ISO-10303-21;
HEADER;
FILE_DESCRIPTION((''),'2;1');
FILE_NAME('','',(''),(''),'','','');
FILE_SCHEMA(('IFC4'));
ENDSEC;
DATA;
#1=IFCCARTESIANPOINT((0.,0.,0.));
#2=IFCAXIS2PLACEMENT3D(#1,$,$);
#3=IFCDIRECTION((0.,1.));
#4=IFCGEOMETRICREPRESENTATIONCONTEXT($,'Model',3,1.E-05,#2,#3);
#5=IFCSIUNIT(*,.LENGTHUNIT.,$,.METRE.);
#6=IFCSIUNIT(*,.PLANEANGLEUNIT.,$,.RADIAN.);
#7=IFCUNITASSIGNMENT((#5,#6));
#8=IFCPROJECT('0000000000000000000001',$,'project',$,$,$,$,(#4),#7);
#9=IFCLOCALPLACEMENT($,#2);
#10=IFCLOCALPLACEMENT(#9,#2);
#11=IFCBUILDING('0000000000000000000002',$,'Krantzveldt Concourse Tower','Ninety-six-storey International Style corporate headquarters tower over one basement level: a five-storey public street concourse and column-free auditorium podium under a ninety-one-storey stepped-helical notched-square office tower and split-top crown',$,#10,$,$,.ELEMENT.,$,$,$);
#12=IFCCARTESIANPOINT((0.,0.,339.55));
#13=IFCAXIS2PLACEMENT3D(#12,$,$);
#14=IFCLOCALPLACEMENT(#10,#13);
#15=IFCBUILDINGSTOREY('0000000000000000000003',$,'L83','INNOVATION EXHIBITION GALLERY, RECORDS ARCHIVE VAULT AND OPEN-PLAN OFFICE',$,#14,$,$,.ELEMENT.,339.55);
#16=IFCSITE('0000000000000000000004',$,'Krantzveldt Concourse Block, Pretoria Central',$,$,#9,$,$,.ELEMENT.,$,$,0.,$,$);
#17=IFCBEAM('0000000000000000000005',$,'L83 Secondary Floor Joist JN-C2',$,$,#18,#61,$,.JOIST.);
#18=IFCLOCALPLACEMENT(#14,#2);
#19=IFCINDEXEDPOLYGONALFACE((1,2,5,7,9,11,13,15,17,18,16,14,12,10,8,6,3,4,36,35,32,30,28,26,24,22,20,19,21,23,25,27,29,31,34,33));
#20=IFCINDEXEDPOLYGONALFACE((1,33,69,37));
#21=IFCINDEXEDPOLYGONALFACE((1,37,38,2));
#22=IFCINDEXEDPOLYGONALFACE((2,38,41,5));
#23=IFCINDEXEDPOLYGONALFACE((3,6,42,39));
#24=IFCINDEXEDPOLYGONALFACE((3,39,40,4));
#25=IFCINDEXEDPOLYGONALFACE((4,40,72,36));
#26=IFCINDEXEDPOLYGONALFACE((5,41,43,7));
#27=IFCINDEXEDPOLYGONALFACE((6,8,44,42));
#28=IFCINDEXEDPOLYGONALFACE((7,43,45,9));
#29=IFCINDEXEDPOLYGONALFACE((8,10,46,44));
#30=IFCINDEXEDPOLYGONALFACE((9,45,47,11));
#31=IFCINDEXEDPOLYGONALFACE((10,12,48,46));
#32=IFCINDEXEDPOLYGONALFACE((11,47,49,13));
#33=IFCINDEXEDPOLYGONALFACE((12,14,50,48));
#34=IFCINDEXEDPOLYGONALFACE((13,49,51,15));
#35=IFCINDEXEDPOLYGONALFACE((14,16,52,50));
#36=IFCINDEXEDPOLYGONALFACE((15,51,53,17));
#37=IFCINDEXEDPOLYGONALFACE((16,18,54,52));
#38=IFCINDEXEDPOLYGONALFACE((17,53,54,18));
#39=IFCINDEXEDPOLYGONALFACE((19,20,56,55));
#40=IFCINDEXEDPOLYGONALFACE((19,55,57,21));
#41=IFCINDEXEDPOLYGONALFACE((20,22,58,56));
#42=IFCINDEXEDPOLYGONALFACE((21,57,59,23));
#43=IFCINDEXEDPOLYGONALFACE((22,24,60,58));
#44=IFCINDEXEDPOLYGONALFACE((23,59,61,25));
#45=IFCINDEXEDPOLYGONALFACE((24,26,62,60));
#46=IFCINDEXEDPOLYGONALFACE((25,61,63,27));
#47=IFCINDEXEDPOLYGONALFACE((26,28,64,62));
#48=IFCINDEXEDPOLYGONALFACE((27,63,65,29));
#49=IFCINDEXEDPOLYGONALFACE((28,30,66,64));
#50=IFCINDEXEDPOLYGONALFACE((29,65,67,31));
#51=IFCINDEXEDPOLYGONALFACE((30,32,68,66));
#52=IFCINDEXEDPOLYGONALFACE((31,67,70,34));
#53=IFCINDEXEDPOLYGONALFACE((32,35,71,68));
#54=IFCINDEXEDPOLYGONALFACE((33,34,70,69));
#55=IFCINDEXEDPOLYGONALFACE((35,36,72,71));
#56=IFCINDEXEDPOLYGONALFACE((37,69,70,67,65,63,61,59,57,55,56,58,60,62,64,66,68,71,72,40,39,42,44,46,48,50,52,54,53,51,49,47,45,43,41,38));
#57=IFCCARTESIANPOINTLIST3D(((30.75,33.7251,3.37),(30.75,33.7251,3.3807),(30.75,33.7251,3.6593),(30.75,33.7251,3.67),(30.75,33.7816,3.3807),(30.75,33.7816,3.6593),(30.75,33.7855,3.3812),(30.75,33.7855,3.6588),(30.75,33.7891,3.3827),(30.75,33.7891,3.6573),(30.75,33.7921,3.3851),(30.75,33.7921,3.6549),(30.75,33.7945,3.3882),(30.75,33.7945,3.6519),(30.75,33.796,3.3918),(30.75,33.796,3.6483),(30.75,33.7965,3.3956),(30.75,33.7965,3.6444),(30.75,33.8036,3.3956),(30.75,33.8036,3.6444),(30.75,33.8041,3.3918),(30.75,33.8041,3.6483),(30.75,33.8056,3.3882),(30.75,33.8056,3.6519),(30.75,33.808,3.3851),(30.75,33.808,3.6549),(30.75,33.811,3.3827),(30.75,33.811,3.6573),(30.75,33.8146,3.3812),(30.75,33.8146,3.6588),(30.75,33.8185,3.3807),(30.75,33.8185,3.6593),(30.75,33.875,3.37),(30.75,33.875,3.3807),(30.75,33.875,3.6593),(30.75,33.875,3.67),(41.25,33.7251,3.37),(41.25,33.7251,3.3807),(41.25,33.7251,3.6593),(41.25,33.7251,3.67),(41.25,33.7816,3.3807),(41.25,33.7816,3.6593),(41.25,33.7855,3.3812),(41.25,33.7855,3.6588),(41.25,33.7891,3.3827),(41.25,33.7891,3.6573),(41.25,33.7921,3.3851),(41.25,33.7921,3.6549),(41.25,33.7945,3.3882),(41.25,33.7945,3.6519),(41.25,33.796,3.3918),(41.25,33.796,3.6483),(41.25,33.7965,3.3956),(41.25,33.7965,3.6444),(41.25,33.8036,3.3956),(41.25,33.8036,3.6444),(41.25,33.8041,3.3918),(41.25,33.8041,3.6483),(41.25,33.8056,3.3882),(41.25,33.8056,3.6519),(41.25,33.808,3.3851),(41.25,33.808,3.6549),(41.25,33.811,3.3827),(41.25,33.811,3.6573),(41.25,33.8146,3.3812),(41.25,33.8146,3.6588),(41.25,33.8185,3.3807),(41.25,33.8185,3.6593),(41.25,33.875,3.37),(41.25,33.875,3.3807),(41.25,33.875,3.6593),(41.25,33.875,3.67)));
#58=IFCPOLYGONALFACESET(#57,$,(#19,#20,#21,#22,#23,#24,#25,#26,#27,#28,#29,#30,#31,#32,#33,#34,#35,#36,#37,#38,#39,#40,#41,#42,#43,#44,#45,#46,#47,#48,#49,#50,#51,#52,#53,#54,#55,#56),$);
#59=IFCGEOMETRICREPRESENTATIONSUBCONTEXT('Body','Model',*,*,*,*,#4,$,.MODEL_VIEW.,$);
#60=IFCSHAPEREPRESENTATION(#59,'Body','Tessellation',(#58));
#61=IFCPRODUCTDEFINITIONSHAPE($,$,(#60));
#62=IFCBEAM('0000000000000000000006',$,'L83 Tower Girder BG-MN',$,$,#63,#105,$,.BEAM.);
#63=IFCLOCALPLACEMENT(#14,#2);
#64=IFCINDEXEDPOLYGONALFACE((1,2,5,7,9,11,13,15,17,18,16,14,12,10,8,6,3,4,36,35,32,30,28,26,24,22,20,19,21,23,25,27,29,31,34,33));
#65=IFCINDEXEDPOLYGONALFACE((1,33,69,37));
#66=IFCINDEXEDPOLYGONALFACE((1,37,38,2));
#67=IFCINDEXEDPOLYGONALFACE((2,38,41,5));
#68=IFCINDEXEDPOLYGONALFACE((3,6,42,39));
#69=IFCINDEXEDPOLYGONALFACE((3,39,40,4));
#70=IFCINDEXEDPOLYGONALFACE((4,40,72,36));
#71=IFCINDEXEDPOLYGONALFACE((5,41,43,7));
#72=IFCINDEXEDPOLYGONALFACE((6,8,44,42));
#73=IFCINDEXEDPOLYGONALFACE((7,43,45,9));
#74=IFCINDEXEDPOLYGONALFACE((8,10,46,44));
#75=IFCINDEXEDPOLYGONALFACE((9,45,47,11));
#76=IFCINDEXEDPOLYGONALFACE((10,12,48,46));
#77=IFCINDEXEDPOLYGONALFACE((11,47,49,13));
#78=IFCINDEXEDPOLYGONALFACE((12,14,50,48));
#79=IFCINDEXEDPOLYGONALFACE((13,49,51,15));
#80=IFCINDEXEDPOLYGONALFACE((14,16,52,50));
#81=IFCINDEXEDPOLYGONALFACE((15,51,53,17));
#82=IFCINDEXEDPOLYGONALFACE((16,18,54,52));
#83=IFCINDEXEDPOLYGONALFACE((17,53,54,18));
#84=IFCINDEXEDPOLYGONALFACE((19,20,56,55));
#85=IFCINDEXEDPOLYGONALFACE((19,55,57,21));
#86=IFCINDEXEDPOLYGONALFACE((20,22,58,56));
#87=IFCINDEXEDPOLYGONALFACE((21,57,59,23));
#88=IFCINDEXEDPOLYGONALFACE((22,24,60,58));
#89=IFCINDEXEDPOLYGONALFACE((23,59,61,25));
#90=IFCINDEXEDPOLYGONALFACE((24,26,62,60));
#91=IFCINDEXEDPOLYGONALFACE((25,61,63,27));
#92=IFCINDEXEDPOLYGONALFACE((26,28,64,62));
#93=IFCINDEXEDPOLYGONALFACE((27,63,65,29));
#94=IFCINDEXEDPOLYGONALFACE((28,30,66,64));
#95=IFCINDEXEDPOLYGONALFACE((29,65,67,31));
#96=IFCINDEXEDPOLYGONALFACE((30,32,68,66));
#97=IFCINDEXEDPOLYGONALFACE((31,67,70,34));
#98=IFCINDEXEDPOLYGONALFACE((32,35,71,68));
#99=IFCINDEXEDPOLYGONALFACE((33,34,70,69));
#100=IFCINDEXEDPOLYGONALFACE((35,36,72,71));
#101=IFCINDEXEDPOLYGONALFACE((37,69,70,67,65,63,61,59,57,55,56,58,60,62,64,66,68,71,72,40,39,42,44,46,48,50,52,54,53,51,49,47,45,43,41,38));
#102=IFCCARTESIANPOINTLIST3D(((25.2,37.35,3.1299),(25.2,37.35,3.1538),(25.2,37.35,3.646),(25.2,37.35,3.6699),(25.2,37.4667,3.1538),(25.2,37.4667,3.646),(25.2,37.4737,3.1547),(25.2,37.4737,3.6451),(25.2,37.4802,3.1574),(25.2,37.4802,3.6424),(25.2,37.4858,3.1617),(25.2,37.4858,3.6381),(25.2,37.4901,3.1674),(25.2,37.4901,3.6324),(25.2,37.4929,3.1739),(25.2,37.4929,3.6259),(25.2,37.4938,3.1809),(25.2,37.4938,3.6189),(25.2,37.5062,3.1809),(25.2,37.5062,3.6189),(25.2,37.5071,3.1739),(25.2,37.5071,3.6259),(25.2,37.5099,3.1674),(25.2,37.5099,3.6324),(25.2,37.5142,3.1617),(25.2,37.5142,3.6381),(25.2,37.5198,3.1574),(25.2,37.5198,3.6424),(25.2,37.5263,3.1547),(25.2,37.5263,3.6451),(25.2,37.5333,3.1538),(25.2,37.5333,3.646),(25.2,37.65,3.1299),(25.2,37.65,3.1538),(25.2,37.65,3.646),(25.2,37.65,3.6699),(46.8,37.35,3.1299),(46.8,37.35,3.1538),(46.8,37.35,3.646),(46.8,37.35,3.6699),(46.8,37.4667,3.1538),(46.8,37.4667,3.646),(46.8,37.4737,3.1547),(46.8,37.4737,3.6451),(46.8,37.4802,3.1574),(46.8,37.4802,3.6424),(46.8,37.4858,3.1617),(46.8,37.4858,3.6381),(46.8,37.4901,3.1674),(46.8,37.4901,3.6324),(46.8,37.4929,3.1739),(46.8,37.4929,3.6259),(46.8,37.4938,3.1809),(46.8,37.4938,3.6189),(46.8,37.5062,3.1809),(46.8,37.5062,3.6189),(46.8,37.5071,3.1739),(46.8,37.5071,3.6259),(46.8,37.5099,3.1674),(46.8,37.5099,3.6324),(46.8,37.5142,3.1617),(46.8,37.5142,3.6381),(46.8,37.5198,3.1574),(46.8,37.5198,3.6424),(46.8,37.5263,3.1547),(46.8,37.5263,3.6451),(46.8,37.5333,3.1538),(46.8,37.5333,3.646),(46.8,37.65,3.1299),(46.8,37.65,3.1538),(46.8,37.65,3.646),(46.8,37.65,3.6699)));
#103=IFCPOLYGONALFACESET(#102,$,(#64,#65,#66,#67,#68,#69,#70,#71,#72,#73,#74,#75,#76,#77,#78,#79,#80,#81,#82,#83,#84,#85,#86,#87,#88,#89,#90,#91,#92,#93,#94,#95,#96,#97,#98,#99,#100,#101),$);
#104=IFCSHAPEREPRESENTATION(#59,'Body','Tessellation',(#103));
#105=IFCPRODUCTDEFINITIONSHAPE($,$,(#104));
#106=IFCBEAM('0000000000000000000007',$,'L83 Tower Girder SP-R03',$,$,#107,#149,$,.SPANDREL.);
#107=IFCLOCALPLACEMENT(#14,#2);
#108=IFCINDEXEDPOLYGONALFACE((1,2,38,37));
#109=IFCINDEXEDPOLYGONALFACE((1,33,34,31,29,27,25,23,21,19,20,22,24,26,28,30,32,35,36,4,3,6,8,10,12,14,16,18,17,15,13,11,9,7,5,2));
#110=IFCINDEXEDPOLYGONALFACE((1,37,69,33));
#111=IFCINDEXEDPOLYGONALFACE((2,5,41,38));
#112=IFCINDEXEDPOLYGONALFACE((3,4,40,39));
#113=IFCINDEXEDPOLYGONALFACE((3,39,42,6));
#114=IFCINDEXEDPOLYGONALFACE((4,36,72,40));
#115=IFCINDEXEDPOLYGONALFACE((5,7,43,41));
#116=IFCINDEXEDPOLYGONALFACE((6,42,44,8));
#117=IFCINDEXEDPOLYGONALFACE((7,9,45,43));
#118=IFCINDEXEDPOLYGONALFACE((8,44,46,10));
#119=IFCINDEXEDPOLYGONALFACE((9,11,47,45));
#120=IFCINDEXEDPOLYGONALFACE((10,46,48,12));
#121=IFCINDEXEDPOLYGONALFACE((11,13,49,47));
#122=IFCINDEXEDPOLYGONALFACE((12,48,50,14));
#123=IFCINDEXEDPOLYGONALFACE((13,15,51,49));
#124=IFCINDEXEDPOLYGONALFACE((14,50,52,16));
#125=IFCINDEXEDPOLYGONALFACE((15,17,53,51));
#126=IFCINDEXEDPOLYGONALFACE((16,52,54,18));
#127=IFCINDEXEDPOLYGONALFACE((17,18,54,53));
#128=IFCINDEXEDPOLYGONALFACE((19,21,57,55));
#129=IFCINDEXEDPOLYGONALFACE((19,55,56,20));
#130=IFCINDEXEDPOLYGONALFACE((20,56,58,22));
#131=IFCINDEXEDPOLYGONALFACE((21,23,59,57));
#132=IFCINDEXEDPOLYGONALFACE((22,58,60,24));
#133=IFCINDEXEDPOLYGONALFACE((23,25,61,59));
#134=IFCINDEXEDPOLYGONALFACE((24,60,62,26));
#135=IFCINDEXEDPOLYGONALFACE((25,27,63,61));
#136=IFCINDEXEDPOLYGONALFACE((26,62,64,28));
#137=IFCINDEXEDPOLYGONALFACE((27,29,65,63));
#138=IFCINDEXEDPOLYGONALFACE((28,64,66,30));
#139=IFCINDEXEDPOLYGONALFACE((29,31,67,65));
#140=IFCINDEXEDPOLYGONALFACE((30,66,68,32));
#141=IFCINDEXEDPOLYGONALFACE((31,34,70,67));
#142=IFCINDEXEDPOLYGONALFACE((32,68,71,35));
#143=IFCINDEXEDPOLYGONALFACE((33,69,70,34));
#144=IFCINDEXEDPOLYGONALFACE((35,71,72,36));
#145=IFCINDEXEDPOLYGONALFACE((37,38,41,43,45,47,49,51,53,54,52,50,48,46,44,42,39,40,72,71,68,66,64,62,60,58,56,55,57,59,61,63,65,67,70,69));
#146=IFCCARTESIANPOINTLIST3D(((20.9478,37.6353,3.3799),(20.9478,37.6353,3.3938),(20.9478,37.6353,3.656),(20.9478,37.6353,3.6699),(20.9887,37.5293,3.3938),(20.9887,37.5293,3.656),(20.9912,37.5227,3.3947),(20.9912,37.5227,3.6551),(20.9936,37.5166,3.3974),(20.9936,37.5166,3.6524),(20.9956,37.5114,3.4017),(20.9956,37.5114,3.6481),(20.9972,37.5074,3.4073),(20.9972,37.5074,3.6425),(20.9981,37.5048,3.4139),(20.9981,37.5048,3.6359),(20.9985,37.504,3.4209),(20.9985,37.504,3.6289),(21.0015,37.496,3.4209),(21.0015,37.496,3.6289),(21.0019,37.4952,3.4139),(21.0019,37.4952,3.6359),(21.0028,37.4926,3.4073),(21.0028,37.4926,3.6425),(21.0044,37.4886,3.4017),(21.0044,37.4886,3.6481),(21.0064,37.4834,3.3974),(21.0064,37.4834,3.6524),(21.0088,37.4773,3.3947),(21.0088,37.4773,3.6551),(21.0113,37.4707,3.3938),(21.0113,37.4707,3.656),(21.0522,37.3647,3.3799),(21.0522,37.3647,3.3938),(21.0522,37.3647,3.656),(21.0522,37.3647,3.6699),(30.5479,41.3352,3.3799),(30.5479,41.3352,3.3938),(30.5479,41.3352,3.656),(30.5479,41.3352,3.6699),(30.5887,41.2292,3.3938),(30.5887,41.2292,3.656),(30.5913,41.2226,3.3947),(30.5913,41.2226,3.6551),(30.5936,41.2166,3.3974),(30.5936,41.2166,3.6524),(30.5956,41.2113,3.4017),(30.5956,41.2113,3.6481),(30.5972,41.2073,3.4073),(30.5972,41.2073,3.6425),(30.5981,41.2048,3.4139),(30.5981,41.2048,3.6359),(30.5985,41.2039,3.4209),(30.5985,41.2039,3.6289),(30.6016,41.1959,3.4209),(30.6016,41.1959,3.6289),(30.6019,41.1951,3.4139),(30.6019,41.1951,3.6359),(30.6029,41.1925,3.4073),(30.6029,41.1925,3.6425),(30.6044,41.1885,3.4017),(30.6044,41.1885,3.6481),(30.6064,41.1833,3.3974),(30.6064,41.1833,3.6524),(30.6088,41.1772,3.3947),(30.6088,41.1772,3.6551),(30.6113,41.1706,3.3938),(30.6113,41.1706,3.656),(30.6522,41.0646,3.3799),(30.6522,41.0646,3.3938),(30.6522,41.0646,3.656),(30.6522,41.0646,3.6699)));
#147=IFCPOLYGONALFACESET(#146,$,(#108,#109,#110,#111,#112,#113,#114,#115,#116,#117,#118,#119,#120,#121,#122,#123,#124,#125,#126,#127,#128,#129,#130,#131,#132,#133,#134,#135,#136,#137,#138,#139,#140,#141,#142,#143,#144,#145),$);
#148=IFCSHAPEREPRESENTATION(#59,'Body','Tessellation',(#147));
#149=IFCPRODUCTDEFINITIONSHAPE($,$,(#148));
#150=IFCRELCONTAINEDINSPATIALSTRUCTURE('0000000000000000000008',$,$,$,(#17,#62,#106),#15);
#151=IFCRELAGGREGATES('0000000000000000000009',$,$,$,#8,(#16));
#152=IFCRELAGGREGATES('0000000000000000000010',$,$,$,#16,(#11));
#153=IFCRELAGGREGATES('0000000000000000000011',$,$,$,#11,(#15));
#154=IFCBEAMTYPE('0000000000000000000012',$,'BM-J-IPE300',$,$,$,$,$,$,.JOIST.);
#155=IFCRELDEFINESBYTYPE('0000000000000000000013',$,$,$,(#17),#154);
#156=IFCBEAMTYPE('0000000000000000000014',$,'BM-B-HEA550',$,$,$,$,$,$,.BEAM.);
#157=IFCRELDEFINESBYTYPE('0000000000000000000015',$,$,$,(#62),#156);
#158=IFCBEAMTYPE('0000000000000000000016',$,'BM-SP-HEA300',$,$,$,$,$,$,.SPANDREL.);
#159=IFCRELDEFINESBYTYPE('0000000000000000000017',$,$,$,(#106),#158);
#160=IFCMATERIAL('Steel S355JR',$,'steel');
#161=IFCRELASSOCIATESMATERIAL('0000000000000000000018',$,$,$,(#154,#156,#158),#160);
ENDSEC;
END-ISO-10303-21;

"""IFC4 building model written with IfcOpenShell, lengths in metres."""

from ifc_helpers import new_model, si_unit, direction, frame, origin, origin_2d, place, context, subcontext, project, spatial, i_section, extrude, source, transform, mapped, material, material_profile, profile_set, type_object, type_shapes, element, save


model = new_model("IFC4")

# Units and contexts
model_context = context("Model", 3, precision=1e-05, world=origin(), true_north=direction((0.0, 1.0)))
body_context = subcontext(model_context, "Body", "Model", "MODEL_VIEW")
ifc_project = project(units=[si_unit("LENGTHUNIT", "METRE"), si_unit("PLANEANGLEUNIT", "RADIAN")], contexts=[model_context])

# Site, building, storey
site_placement = place(None, origin())
site = spatial("IfcSite", under=ifc_project, at=site_placement, Name="Krantzveldt Concourse Block, Pretoria Central", CompositionType="ELEMENT", RefElevation=0.0)
building_placement = place(site_placement, origin())
building = spatial("IfcBuilding", under=site, at=building_placement, Name="Krantzveldt Concourse Tower", Description="Ninety-six-storey International Style corporate headquarters tower over one basement level: a five-storey public street concourse and column-free auditorium podium under a ninety-one-storey stepped-helical notched-square office tower and split-top crown", CompositionType="ELEMENT")
storey_placement = place(building_placement, frame((0.0, 0.0, 339.55)))
storey = spatial("IfcBuildingStorey", under=building, at=storey_placement, Name="L83", Description="INNOVATION EXHIBITION GALLERY, RECORDS ARCHIVE VAULT AND OPEN-PLAN OFFICE", CompositionType="ELEMENT", Elevation=339.55)

# Beams
ifc_material_1 = material(Name="Steel S355JR", Category="steel")
ifc_material_profile_1 = material_profile(ifc_material_1, i_section(OverallWidth=0.1499, OverallDepth=0.3, WebThickness=0.0071, FlangeThickness=0.0107, FilletRadius=0.0149, at=origin_2d()), Name="Steel S355JR", Category="steel")
ifc_profile_set_1 = profile_set([ifc_material_profile_1], Name="Steel S355JR - IPE 300")
beam_type_1 = type_object("IfcBeamType", Name="BM-J-IPE300", PredefinedType="JOIST", material=ifc_profile_set_1)
shared_shape_1 = source(origin(), body_context, "Body", "SweptSolid", [
    extrude(i_section(OverallWidth=0.1499, OverallDepth=0.3, WebThickness=0.0071, FlangeThickness=0.0107, FilletRadius=0.0149, at=origin_2d()), origin(), (0.0, 0.0, 1.0), 10.5),
])
beam_1_placement = place(storey_placement, frame((30.75, 33.8, 3.52), z_axis=(1.0, 0.0, 0.0), x_axis=(0.0, 1.0, 0.0)))
element("IfcBeam", 1, at=beam_1_placement, inside=storey, type_object=beam_type_1, Name="L83 Secondary Floor Joist JN-C2", PredefinedType="JOIST", context=body_context, shape_type="MappedRepresentation", body=[
    mapped(shared_shape_1, transform((0.0, 0.0, 0.0), x_axis=(1.0, 0.0, 0.0), y_axis=(0.0, 1.0, 0.0), z_axis=(0.0, 0.0, 1.0), scale=1.0)),
])
ifc_material_profile_2 = material_profile(ifc_material_1, i_section(OverallWidth=0.3, OverallDepth=0.54, WebThickness=0.0125, FlangeThickness=0.0239, FilletRadius=0.0271, at=origin_2d()), Name="Steel S355JR", Category="steel")
ifc_profile_set_2 = profile_set([ifc_material_profile_2], Name="Steel S355JR - HEA 550")
beam_type_2 = type_object("IfcBeamType", Name="BM-B-HEA550", PredefinedType="BEAM", material=ifc_profile_set_2)
shared_shape_2 = source(origin(), body_context, "Body", "SweptSolid", [
    extrude(i_section(OverallWidth=0.3, OverallDepth=0.54, WebThickness=0.0125, FlangeThickness=0.0239, FilletRadius=0.0271, at=origin_2d()), origin(), (0.0, 0.0, 1.0), 21.6001),
])
type_shapes(beam_type_2, [shared_shape_2])
beam_2_placement = place(storey_placement, frame((25.2, 37.5, 3.3999), z_axis=(1.0, 0.0, 0.0), x_axis=(0.0, 1.0, 0.0)))
element("IfcBeam", 2, at=beam_2_placement, inside=storey, type_object=beam_type_2, Name="L83 Tower Girder BG-MN", PredefinedType="BEAM", context=body_context, shape_type="MappedRepresentation", body=[
    mapped(shared_shape_2, transform((0.0, 0.0, 0.0), x_axis=(1.0, 0.0, 0.0), y_axis=(0.0, 1.0, 0.0), z_axis=(0.0, 0.0, 1.0), scale=1.0)),
])
ifc_material_profile_3 = material_profile(ifc_material_1, i_section(OverallWidth=0.29, OverallDepth=0.29, WebThickness=0.0085, FlangeThickness=0.0139, FilletRadius=0.0271, at=origin_2d()), Name="Steel S355JR", Category="steel")
ifc_profile_set_3 = profile_set([ifc_material_profile_3], Name="Steel S355JR - HEA 300")
beam_type_3 = type_object("IfcBeamType", Name="BM-SP-HEA300", PredefinedType="SPANDREL", material=ifc_profile_set_3)
shared_shape_3 = source(origin(), body_context, "Body", "SweptSolid", [
    extrude(i_section(OverallWidth=0.29, OverallDepth=0.29, WebThickness=0.0085, FlangeThickness=0.0139, FilletRadius=0.0271, at=origin_2d()), origin(), (0.0, 0.0, 1.0), 10.2883),
])
beam_3_placement = place(storey_placement, frame((21.0, 37.5, 3.5249), z_axis=(0.933098, 0.359623, 0.0), x_axis=(-0.359623, 0.933098, 0.0)))
element("IfcBeam", 3, at=beam_3_placement, inside=storey, type_object=beam_type_3, Name="L83 Tower Girder SP-R03", PredefinedType="SPANDREL", context=body_context, shape_type="MappedRepresentation", body=[
    mapped(shared_shape_3, transform((0.0, 0.0, 0.0), x_axis=(1.0, 0.0, 0.0), y_axis=(0.0, 1.0, 0.0), z_axis=(0.0, 0.0, 1.0), scale=1.0)),
])

save(model, "model.ifc")
